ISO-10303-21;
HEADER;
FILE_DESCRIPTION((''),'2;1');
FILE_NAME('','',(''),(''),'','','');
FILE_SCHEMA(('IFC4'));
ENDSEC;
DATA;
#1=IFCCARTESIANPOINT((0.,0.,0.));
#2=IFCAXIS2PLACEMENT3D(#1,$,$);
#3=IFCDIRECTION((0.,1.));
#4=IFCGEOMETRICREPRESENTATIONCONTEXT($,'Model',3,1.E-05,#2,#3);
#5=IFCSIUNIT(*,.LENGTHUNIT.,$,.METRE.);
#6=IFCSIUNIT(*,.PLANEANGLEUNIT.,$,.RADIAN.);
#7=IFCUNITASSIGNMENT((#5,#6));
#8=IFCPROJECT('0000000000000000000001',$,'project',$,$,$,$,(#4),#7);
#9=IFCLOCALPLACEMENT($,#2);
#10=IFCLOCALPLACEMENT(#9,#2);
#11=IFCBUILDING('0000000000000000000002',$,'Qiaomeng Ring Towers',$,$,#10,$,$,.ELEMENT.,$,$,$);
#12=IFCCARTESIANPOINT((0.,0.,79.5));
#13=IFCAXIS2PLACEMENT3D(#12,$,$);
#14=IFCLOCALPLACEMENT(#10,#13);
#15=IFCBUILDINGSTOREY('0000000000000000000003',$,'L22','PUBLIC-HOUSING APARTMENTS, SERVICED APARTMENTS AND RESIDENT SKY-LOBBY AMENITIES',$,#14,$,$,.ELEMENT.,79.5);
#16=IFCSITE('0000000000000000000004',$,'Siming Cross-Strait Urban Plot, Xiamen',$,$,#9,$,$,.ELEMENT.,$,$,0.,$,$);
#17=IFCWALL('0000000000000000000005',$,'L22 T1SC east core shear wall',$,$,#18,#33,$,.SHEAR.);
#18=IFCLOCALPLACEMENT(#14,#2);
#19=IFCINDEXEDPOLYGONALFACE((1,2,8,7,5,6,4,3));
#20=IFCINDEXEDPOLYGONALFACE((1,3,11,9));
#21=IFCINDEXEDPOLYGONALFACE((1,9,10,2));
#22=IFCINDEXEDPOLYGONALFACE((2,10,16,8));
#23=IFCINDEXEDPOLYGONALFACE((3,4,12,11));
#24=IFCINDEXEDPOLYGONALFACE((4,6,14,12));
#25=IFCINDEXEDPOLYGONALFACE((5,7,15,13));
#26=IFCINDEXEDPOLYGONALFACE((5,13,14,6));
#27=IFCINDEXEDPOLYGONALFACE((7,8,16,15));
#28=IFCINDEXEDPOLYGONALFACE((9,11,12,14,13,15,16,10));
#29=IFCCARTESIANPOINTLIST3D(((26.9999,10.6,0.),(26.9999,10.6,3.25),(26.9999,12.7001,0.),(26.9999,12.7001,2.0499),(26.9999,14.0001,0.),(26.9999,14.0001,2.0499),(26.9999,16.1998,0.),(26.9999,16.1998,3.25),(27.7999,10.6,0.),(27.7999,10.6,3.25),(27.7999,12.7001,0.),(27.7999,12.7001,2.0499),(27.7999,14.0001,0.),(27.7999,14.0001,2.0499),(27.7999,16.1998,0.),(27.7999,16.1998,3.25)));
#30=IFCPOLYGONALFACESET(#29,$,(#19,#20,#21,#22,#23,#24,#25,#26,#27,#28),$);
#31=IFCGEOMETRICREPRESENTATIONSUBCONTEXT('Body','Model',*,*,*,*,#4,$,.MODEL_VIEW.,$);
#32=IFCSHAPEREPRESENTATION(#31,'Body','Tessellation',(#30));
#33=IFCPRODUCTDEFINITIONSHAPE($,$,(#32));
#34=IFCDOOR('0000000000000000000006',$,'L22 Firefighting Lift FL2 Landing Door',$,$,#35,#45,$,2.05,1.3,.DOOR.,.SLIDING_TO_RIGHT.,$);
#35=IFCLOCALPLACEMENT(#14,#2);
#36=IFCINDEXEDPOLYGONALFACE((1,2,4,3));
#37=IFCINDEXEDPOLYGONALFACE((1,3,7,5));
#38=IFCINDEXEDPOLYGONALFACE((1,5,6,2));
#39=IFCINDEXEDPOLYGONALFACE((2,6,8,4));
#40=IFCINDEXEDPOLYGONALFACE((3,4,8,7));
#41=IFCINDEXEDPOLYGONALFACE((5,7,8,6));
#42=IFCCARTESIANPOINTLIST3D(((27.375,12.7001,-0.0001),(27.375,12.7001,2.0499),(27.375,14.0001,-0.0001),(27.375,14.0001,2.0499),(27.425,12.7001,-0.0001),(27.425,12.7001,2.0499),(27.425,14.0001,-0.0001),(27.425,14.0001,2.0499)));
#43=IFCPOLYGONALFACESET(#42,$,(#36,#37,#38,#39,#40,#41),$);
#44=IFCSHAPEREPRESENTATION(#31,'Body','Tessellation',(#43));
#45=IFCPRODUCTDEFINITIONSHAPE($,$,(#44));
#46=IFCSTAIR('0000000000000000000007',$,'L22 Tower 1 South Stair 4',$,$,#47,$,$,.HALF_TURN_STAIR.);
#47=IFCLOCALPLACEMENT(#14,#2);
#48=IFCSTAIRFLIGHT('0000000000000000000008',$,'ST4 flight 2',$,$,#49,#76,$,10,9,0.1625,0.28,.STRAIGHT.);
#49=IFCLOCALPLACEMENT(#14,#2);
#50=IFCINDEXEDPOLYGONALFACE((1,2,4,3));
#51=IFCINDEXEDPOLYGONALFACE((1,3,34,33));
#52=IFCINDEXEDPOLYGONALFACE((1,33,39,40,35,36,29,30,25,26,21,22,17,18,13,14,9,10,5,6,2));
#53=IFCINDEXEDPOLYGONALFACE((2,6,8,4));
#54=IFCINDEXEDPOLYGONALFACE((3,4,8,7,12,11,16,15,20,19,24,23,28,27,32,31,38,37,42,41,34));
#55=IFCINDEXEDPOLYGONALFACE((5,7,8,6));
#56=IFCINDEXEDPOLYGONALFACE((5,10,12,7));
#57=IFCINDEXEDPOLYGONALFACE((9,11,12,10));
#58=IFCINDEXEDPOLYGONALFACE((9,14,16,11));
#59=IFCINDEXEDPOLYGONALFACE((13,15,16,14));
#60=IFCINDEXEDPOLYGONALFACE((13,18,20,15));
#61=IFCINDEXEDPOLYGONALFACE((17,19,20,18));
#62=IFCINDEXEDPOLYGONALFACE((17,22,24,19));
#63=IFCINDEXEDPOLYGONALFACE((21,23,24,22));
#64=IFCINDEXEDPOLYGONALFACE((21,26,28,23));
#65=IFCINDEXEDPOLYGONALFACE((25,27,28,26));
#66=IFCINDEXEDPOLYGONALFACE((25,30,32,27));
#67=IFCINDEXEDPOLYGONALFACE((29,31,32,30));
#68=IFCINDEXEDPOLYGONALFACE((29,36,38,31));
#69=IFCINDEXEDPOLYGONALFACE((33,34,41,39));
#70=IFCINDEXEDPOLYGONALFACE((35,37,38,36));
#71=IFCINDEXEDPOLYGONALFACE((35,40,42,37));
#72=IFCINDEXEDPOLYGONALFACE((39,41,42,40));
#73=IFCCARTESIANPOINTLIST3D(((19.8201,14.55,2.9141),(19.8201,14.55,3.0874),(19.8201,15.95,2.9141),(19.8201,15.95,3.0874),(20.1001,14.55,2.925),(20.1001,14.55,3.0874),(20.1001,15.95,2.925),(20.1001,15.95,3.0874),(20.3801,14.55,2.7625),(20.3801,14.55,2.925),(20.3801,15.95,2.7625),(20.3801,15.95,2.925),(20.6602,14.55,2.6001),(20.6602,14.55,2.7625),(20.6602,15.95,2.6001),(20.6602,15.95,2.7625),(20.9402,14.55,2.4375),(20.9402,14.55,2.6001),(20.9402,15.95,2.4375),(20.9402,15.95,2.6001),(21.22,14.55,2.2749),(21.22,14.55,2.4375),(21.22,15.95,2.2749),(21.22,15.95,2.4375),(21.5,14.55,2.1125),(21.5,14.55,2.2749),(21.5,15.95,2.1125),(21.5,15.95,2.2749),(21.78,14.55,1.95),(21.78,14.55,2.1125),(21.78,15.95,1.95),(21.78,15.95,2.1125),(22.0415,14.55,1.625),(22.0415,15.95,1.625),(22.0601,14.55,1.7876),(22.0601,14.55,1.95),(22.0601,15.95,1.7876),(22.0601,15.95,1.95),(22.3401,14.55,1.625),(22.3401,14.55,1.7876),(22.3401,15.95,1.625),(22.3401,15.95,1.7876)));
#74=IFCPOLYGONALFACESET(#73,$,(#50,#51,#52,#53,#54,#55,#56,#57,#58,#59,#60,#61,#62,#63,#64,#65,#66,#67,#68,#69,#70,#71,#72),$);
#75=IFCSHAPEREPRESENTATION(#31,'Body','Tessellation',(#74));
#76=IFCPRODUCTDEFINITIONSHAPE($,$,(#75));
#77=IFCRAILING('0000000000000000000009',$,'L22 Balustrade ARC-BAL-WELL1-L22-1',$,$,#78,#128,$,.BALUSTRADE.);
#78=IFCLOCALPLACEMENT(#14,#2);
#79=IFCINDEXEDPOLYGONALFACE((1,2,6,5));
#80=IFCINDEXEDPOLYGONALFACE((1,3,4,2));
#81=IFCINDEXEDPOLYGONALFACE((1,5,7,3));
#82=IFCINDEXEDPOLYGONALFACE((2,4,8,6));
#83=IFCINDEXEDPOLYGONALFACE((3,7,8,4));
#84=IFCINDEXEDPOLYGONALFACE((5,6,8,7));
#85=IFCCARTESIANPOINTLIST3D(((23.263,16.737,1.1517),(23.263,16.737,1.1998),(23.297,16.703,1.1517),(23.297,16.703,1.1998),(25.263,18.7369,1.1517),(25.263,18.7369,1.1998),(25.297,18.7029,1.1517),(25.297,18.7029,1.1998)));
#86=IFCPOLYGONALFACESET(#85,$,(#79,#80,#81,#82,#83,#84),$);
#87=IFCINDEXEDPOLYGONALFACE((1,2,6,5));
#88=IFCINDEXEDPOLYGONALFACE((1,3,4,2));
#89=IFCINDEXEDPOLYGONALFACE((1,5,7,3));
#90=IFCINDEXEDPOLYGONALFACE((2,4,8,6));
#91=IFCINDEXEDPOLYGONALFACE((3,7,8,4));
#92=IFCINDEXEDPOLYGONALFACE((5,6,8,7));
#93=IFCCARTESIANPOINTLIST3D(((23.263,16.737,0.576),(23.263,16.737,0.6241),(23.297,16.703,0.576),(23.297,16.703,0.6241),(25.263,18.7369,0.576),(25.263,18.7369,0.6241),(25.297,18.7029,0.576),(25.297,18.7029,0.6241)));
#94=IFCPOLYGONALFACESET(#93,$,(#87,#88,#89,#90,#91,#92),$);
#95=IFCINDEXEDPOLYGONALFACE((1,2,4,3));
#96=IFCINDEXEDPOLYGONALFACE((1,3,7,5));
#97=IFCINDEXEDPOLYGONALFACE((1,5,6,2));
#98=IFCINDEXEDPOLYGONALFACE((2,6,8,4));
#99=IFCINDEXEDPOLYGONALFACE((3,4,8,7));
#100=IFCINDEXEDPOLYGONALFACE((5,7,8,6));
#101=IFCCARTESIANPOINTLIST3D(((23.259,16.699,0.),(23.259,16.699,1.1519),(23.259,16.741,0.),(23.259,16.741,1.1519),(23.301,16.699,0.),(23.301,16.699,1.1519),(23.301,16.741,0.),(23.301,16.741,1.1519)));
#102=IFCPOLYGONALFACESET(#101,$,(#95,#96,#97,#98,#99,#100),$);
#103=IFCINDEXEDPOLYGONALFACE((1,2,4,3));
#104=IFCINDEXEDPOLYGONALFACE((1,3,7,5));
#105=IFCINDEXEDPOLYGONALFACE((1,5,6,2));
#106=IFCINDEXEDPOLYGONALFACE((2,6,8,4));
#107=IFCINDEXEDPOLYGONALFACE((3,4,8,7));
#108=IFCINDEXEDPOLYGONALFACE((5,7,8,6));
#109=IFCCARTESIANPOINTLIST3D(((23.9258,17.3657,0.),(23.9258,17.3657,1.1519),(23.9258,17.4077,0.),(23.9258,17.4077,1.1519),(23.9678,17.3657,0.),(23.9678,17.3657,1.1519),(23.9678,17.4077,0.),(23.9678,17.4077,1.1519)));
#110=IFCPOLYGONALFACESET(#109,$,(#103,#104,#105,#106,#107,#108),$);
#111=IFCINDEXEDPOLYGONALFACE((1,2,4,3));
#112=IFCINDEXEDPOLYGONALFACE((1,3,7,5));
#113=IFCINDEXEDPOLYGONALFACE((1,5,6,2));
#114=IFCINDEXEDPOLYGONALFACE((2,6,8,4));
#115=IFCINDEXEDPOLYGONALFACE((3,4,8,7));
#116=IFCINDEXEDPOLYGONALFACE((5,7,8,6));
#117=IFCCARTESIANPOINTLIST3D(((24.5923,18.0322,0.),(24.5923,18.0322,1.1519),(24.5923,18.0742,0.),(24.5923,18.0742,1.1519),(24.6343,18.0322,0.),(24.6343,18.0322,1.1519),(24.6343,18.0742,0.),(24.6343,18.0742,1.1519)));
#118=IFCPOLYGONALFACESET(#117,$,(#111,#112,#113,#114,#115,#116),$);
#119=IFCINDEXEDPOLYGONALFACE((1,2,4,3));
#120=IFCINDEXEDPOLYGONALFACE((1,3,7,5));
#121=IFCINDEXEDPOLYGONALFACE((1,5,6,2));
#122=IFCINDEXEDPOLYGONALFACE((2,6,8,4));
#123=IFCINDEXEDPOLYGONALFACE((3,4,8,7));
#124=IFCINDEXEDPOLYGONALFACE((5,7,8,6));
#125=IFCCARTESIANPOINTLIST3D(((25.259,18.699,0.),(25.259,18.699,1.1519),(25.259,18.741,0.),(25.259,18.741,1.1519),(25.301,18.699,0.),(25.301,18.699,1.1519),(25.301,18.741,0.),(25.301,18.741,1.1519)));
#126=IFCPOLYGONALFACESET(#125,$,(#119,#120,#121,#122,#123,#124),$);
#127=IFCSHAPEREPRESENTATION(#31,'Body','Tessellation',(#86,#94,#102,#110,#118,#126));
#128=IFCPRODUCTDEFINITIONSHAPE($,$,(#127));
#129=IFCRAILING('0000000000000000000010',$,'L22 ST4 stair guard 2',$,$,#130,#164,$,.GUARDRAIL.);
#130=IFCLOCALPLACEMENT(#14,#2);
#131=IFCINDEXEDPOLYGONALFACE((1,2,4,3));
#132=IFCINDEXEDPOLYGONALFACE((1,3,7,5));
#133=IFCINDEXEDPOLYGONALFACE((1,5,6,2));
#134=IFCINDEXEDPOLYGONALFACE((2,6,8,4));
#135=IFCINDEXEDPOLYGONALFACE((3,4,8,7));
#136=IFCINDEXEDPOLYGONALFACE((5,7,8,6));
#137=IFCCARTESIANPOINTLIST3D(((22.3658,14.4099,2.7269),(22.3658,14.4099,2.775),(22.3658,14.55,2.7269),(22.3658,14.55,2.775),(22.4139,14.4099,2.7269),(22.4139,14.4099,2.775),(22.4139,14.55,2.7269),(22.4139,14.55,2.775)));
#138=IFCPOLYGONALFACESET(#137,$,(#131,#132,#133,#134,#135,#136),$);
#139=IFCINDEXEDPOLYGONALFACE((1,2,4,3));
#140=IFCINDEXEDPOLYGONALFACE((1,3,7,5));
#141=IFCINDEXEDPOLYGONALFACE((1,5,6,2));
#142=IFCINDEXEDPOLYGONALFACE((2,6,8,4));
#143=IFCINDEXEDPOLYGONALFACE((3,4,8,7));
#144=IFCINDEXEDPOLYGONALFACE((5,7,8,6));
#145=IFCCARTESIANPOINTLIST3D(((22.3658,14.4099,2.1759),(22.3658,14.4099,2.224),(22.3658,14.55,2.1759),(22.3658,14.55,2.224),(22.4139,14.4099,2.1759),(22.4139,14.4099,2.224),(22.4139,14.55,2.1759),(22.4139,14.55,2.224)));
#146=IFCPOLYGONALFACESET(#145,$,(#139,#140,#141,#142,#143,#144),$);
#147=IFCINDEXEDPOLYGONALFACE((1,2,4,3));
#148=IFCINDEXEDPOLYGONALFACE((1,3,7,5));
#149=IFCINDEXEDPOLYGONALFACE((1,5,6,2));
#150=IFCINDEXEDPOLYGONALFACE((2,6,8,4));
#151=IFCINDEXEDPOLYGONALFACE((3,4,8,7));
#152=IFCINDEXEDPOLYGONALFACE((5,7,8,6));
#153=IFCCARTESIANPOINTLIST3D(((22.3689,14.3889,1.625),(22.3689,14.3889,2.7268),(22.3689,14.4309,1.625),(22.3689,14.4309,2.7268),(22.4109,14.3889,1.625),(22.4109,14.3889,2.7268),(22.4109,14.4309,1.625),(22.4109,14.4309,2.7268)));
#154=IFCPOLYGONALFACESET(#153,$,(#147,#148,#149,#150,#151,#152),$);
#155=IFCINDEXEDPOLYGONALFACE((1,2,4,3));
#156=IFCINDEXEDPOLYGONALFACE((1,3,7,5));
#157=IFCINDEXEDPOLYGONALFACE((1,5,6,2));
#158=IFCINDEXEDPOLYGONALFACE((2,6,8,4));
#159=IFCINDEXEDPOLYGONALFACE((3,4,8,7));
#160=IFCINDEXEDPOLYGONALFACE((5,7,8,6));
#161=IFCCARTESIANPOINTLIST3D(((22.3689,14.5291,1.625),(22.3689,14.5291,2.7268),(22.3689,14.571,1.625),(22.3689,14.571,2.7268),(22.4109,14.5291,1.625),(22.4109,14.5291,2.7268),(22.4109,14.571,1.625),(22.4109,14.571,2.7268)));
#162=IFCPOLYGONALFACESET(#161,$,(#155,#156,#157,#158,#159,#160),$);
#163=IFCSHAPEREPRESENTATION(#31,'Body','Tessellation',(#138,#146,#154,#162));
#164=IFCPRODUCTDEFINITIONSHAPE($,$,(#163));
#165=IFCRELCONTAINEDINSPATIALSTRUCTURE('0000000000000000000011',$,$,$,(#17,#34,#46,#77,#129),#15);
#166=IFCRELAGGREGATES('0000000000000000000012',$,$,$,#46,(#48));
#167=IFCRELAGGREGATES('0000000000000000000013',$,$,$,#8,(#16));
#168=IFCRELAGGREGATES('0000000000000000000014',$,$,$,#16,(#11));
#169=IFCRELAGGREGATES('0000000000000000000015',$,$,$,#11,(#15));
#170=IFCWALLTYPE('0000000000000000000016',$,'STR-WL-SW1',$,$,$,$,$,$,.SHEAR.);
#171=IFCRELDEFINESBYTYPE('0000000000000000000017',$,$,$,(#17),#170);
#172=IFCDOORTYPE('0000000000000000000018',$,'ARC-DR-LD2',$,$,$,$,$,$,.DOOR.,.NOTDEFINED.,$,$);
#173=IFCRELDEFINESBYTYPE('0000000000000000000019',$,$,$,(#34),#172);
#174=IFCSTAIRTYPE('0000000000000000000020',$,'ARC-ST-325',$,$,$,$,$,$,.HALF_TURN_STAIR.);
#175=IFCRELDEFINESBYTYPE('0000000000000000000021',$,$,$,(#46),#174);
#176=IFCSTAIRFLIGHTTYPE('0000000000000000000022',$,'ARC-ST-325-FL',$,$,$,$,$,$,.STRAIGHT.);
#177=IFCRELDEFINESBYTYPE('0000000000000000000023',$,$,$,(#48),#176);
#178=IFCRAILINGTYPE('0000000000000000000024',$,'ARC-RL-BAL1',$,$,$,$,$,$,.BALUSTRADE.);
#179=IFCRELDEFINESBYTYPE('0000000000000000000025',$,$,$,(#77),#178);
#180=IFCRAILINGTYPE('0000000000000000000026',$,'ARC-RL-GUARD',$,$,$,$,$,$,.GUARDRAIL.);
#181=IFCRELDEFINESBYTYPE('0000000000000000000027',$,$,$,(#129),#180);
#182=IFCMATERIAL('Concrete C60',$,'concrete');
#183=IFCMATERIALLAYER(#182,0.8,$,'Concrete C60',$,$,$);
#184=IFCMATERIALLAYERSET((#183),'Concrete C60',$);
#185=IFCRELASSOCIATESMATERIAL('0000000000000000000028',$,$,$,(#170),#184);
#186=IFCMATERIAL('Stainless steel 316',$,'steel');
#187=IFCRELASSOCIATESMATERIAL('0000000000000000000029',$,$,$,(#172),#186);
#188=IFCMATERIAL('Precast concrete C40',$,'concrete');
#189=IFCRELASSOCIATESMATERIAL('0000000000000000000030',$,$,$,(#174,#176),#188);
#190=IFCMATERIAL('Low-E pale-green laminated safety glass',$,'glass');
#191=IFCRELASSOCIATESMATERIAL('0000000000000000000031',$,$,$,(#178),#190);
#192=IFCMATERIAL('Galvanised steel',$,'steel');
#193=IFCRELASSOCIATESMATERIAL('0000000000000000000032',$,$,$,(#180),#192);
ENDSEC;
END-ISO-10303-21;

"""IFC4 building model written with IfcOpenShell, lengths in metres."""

from ifc_helpers import new_model, si_unit, direction, frame, frame_2d, origin, origin_2d, place, context, subcontext, project, spatial, polyline, rectangle, outline, extrude, source, transform, mapped, material, layer, layer_set, type_object, element, fill, aggregate, save


model = new_model("IFC4")

# Units and contexts
model_context = context("Model", 3, precision=1e-05, world=origin(), true_north=direction((0.0, 1.0)))
body_context = subcontext(model_context, "Body", "Model", "MODEL_VIEW")
ifc_project = project(units=[si_unit("LENGTHUNIT", "METRE"), si_unit("PLANEANGLEUNIT", "RADIAN")], contexts=[model_context])

# Site, building, storey
site_placement = place(None, origin())
site = spatial("IfcSite", under=ifc_project, at=site_placement, Name="Siming Cross-Strait Urban Plot, Xiamen", CompositionType="ELEMENT", RefElevation=0.0)
building_placement = place(site_placement, origin())
building = spatial("IfcBuilding", under=site, at=building_placement, Name="Qiaomeng Ring Towers", CompositionType="ELEMENT")
storey_placement = place(building_placement, frame((0.0, 0.0, 79.5)))
storey = spatial("IfcBuildingStorey", under=building, at=storey_placement, Name="L22", Description="PUBLIC-HOUSING APARTMENTS, SERVICED APARTMENTS AND RESIDENT SKY-LOBBY AMENITIES", CompositionType="ELEMENT", Elevation=79.5)

# Shared definitions
ifc_material_1 = material(Name="Galvanised steel", Category="steel")

# Wall, opening, door
ifc_material_2 = material(Name="Concrete C60", Category="concrete")
ifc_layer_1 = layer(ifc_material_2, 0.8, Name="Concrete C60")
ifc_layer_set_1 = layer_set([ifc_layer_1], Name="Concrete C60")
wall_type_1 = type_object("IfcWallType", Name="STR-WL-SW1", PredefinedType="SHEAR", material=ifc_layer_set_1)
wall_1_placement = place(storey_placement, frame((27.3999, 10.6001, 0.0), z_axis=(0.0, 0.0, 1.0), x_axis=(0.0, 1.0, 0.0)))
wall_1 = element("IfcWall", 1, at=wall_1_placement, inside=storey, type_object=wall_type_1, Name="L22 T1SC east core shear wall", PredefinedType="SHEAR", context=body_context, shape_type="SweptSolid", body=[
    extrude(rectangle(XDim=5.5999, YDim=0.8, at=frame_2d((2.7998, 0.0))), origin(), (0.0, 0.0, 1.0), 3.25),
])
opening_1_placement = place(wall_1_placement, frame((2.1001, 0.0, 0.0)))
opening_1 = element("IfcOpeningElement", 2, at=opening_1_placement, cuts=wall_1, PredefinedType="OPENING", context=body_context, shape_type="SweptSolid", body=[
    extrude(rectangle(XDim=1.3, YDim=2.05, at=frame_2d((0.6499, 1.0249))), frame((0.0, 0.4099, 0.0), z_axis=(0.0, -1.0, 0.0), x_axis=(1.0, 0.0, 0.0)), (0.0, 0.0, 1.0), 0.8201),
])
ifc_material_3 = material(Name="Stainless steel 316", Category="steel")
door_type_1 = type_object("IfcDoorType", Name="ARC-DR-LD2", OperationType="NOTDEFINED", PredefinedType="DOOR", material=ifc_material_3)
shared_shape_1 = source(origin(), body_context, "Body", "SweptSolid", [
    extrude(rectangle(XDim=1.3, YDim=2.05, at=frame_2d((0.6499, 1.0249))), frame((0.0, 0.0249, 0.0), z_axis=(0.0, -1.0, 0.0), x_axis=(1.0, 0.0, 0.0)), (0.0, 0.0, 1.0), 0.05),
])
door_1_placement = place(opening_1_placement, origin())
door_1 = element("IfcDoor", 3, at=door_1_placement, inside=storey, type_object=door_type_1, Name="L22 Firefighting Lift FL2 Landing Door", OperationType="SLIDING_TO_RIGHT", OverallHeight=2.05, OverallWidth=1.3, PredefinedType="DOOR", context=body_context, shape_type="MappedRepresentation", body=[
    mapped(shared_shape_1, transform((0.0, 0.0, 0.0), x_axis=(1.0, 0.0, 0.0), y_axis=(0.0, 1.0, 0.0), z_axis=(0.0, 0.0, 1.0), scale=1.0)),
])
fill(opening_1, door_1)

# Stair, stair flight
ifc_material_4 = material(Name="Precast concrete C40", Category="concrete")
stair_type = type_object("IfcStairType", Name="ARC-ST-325", PredefinedType="HALF_TURN_STAIR", material=ifc_material_4)
stair_placement = place(storey_placement, origin())
stair = element("IfcStair", 4, at=stair_placement, inside=storey, type_object=stair_type, Name="L22 Tower 1 South Stair 4", PredefinedType="HALF_TURN_STAIR")
stair_flight_type = type_object("IfcStairFlightType", Name="ARC-ST-325-FL", PredefinedType="STRAIGHT", material=ifc_material_4)
shared_shape_2 = source(origin(), body_context, "Body", "SweptSolid", [
    extrude(outline(polyline([(0.0, 0.0), (0.0, 0.1626), (0.28, 0.1626), (0.28, 0.325), (0.5601, 0.325), (0.5601, 0.4875), (0.8401, 0.4875), (0.8401, 0.6499), (1.1201, 0.6499), (1.1201, 0.8125), (1.3999, 0.8125), (1.3999, 0.9751), (1.6799, 0.9751), (1.6799, 1.1375), (1.96, 1.1375), (1.96, 1.3), (2.24, 1.3), (2.24, 1.4624), (2.52, 1.4624), (2.52, 1.625), (2.52, 1.2891), (0.2986, 0.0), (0.0, 0.0)])), frame((0.0, 0.7, 0.0), z_axis=(0.0, -1.0, 0.0), x_axis=(1.0, 0.0, 0.0)), (0.0, 0.0, 1.0), 1.3999),
])
stair_flight_placement = place(storey_placement, frame((22.3401, 15.25, 1.625), z_axis=(0.0, 0.0, 1.0), x_axis=(-1.0, 0.0, 0.0)))
stair_flight = element("IfcStairFlight", 5, at=stair_flight_placement, type_object=stair_flight_type, Name="ST4 flight 2", NumberOfRisers=10, NumberOfTreads=9, PredefinedType="STRAIGHT", RiserHeight=0.1625, TreadLength=0.28, context=body_context, shape_type="MappedRepresentation", body=[
    mapped(shared_shape_2, transform((0.0, 0.0, 0.0), x_axis=(1.0, 0.0, 0.0), y_axis=(0.0, 1.0, 0.0), z_axis=(0.0, 0.0, 1.0), scale=1.0)),
])
aggregate(stair, [stair_flight])

# Railings
ifc_material_5 = material(Name="Low-E pale-green laminated safety glass", Category="glass")
railing_type_1 = type_object("IfcRailingType", Name="ARC-RL-BAL1", PredefinedType="BALUSTRADE", material=ifc_material_5)
railing_1_placement = place(storey_placement, frame((23.28, 16.72, 0.0)))
element("IfcRailing", 6, at=railing_1_placement, inside=storey, type_object=railing_type_1, Name="L22 Balustrade ARC-BAL-WELL1-L22-1", PredefinedType="BALUSTRADE", context=body_context, shape_type="SweptSolid", body=[
    extrude(rectangle(XDim=0.0481, YDim=0.0481, at=origin_2d()), frame((0.0, 0.0, 1.1758), z_axis=(0.707107, 0.707107, 0.0), x_axis=(-0.707107, 0.707107, 0.0)), (0.0, 0.0, 1.0), 2.8284),
    extrude(rectangle(XDim=0.0481, YDim=0.0481, at=origin_2d()), frame((0.0, 0.0, 0.6001), z_axis=(0.707107, 0.707107, 0.0), x_axis=(-0.707107, 0.707107, 0.0)), (0.0, 0.0, 1.0), 2.8284),
    extrude(rectangle(XDim=0.042, YDim=0.042, at=origin_2d()), origin(), (0.0, 0.0, 1.0), 1.1519),
    extrude(rectangle(XDim=0.042, YDim=0.042, at=origin_2d()), frame((0.6667, 0.6667, 0.0)), (0.0, 0.0, 1.0), 1.1519),
    extrude(rectangle(XDim=0.042, YDim=0.042, at=origin_2d()), frame((1.3333, 1.3333, 0.0)), (0.0, 0.0, 1.0), 1.1519),
    extrude(rectangle(XDim=0.042, YDim=0.042, at=origin_2d()), frame((2.0, 2.0, 0.0)), (0.0, 0.0, 1.0), 1.1519),
])
railing_type_2 = type_object("IfcRailingType", Name="ARC-RL-GUARD", PredefinedType="GUARDRAIL", material=ifc_material_1)
railing_2_placement = place(storey_placement, frame((22.3899, 14.4099, 1.625)))
element("IfcRailing", 7, at=railing_2_placement, inside=storey, type_object=railing_type_2, Name="L22 ST4 stair guard 2", PredefinedType="GUARDRAIL", context=body_context, shape_type="SweptSolid", body=[
    extrude(rectangle(XDim=0.0481, YDim=0.0481, at=origin_2d()), frame((0.0, 0.0, 1.126), z_axis=(0.0, 1.0, 0.0), x_axis=(-1.0, 0.0, 0.0)), (0.0, 0.0, 1.0), 0.1401),
    extrude(rectangle(XDim=0.0481, YDim=0.0481, at=origin_2d()), frame((0.0, 0.0, 0.575), z_axis=(0.0, 1.0, 0.0), x_axis=(-1.0, 0.0, 0.0)), (0.0, 0.0, 1.0), 0.1401),
    extrude(rectangle(XDim=0.042, YDim=0.042, at=origin_2d()), origin(), (0.0, 0.0, 1.0), 1.1018),
    extrude(rectangle(XDim=0.042, YDim=0.042, at=origin_2d()), frame((0.0, 0.1401, 0.0)), (0.0, 0.0, 1.0), 1.1018),
])

save(model, "model.ifc")
